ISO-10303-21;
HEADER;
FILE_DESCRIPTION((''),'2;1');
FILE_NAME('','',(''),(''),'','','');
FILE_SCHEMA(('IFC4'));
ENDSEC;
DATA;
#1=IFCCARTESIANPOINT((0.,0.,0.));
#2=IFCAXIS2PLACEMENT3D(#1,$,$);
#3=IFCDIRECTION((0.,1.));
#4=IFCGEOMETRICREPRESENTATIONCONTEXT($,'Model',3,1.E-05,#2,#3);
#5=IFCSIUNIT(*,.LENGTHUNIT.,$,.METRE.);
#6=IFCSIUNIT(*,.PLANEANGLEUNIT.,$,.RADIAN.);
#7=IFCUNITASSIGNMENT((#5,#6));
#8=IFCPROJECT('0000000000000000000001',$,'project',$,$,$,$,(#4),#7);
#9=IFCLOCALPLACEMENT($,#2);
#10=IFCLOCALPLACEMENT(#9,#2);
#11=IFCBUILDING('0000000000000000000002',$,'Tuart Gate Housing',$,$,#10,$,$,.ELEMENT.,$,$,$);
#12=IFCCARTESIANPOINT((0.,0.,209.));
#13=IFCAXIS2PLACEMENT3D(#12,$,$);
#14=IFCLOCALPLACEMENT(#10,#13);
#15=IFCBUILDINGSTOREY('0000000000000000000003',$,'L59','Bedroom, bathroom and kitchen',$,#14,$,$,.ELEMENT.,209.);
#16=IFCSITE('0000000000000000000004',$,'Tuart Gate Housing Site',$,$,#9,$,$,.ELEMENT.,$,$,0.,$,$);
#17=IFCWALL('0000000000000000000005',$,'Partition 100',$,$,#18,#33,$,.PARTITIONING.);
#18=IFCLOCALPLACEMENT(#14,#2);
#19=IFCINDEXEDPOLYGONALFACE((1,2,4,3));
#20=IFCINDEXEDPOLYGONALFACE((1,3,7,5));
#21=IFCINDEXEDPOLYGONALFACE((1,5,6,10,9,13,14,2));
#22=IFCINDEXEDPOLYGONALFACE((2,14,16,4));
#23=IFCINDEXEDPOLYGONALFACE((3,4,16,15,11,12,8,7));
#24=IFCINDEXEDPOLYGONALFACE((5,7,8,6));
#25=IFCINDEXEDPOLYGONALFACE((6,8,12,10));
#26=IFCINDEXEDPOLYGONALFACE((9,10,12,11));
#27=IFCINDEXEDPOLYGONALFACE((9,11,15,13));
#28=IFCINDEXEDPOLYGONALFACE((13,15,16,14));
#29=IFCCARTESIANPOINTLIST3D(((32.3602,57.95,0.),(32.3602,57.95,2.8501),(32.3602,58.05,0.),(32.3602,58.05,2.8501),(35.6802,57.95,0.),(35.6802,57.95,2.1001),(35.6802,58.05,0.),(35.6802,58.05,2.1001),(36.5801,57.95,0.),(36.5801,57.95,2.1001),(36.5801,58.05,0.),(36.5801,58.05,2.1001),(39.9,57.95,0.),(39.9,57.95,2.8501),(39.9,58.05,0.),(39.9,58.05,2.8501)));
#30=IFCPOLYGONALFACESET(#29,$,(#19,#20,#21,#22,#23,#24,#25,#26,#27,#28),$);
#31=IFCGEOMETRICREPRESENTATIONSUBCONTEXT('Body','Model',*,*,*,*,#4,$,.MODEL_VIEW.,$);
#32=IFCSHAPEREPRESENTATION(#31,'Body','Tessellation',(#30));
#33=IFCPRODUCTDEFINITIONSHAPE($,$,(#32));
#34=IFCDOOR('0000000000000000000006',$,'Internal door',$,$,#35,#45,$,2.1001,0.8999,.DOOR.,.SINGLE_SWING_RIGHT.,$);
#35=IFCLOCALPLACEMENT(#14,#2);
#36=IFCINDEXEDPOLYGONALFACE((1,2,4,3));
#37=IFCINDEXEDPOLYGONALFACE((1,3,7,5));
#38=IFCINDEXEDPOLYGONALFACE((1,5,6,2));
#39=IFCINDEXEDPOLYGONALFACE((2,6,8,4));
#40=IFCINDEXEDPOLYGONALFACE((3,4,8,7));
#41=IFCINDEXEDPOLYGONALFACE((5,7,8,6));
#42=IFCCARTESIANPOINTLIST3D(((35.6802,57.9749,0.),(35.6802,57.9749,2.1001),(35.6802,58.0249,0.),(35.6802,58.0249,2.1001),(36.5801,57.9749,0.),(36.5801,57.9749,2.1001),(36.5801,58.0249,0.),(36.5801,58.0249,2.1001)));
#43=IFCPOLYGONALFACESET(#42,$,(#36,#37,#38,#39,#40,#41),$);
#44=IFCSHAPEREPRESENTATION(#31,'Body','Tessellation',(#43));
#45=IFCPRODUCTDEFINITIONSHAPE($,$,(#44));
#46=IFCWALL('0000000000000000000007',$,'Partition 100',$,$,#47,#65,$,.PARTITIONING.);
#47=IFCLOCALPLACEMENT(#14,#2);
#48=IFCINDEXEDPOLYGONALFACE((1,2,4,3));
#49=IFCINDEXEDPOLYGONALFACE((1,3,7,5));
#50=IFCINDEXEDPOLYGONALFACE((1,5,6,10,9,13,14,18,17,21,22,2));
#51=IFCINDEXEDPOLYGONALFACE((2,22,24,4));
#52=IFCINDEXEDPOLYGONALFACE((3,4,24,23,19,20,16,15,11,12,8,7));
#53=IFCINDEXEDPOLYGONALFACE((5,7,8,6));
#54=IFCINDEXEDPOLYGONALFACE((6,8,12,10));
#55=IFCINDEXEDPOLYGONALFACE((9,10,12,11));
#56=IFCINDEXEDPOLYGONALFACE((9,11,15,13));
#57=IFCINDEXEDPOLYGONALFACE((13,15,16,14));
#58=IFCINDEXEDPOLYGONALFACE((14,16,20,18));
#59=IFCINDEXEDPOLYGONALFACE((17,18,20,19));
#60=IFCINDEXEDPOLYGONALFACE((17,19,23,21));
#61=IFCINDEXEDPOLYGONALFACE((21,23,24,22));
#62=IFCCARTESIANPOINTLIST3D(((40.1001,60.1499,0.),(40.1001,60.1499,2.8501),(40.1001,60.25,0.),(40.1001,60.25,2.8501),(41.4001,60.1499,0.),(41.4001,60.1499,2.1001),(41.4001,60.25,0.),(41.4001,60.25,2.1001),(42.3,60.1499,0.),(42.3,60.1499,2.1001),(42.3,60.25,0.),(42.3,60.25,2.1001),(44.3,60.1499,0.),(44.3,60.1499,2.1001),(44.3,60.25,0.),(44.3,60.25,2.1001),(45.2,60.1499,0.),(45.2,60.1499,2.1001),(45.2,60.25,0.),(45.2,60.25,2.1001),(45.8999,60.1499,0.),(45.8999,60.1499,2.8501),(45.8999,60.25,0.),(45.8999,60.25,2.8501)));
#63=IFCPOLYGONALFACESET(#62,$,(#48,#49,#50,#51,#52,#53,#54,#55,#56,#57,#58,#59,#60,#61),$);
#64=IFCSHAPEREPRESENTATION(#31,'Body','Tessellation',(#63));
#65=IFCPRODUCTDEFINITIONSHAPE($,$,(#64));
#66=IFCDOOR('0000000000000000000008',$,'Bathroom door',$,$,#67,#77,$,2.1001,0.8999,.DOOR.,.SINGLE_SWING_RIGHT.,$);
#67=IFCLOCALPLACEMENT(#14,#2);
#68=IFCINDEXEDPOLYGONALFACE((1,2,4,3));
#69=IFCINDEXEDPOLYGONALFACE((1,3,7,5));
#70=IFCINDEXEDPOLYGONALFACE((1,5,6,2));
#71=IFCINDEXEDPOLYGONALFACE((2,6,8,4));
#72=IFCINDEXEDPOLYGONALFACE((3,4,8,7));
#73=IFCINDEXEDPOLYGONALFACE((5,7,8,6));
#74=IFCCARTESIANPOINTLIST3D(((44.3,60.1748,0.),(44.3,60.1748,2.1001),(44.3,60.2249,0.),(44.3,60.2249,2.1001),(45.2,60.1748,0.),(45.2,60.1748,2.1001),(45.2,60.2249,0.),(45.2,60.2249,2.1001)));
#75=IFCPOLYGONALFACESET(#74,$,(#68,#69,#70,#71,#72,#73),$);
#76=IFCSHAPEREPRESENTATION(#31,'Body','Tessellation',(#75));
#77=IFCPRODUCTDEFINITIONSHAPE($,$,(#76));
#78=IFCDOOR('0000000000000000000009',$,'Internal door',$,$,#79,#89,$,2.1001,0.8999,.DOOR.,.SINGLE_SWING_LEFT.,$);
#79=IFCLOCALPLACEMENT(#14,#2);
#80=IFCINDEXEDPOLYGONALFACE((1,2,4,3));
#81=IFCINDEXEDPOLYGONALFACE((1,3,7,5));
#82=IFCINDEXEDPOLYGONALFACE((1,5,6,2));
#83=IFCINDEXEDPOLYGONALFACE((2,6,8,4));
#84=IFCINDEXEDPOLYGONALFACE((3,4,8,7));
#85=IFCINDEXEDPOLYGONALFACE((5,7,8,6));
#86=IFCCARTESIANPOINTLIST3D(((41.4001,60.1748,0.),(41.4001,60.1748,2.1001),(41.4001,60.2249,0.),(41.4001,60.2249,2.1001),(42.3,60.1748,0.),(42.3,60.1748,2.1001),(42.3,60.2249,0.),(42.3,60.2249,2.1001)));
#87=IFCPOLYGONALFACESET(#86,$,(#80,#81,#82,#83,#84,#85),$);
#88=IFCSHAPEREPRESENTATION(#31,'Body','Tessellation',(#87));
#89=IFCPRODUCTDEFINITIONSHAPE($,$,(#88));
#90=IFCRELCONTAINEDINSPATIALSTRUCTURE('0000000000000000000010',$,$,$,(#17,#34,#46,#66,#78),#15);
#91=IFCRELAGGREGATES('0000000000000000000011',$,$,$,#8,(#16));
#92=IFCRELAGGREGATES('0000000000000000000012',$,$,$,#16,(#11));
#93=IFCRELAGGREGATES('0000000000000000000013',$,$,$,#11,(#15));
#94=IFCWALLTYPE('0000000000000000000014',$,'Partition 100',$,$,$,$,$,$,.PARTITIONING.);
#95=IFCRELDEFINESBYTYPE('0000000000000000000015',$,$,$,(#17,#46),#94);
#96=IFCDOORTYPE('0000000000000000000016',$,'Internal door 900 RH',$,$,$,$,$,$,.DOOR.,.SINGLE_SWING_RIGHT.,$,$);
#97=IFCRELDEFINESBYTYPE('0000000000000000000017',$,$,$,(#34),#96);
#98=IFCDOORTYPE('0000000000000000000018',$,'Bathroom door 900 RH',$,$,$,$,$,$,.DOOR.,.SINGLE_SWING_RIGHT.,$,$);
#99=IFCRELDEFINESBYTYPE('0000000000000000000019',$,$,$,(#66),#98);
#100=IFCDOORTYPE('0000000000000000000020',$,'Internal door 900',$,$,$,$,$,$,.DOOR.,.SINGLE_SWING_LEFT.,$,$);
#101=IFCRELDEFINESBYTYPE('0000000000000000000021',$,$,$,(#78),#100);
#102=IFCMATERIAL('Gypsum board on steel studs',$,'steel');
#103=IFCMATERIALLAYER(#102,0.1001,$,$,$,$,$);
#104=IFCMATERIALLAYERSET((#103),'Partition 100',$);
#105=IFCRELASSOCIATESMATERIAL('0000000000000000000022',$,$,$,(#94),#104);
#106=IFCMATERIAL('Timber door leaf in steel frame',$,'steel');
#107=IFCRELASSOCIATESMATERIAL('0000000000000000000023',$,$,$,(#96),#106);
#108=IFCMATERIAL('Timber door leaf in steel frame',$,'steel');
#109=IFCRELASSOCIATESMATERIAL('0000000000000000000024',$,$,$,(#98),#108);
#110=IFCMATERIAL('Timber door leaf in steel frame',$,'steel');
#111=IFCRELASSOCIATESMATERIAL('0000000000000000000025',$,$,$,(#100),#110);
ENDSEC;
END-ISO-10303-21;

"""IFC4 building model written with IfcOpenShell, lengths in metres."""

from ifc_helpers import new_model, si_unit, direction, frame, frame_2d, origin, place, context, subcontext, project, spatial, rectangle, extrude, material, layer, layer_set, type_object, element, fill, save


model = new_model("IFC4")

# Units and contexts
model_context = context("Model", 3, precision=1e-05, world=origin(), true_north=direction((0.0, 1.0)))
body_context = subcontext(model_context, "Body", "Model", "MODEL_VIEW")
ifc_project = project(units=[si_unit("LENGTHUNIT", "METRE"), si_unit("PLANEANGLEUNIT", "RADIAN")], contexts=[model_context])

# Site, building, storey
site_placement = place(None, origin())
site = spatial("IfcSite", under=ifc_project, at=site_placement, Name="Tuart Gate Housing Site", CompositionType="ELEMENT", RefElevation=0.0)
building_placement = place(site_placement, origin())
building = spatial("IfcBuilding", under=site, at=building_placement, Name="Tuart Gate Housing", CompositionType="ELEMENT")
storey_placement = place(building_placement, frame((0.0, 0.0, 209.0)))
storey = spatial("IfcBuildingStorey", under=building, at=storey_placement, Name="L59", Description="Bedroom, bathroom and kitchen", CompositionType="ELEMENT", Elevation=209.0)

# Shared definitions
ifc_material_1 = material(Name="Gypsum board on steel studs", Category="steel")
ifc_layer_1 = layer(ifc_material_1, 0.1001)
ifc_layer_set_1 = layer_set([ifc_layer_1], Name="Partition 100")
wall_type_1 = type_object("IfcWallType", Name="Partition 100", PredefinedType="PARTITIONING", material=ifc_layer_set_1)

# Wall, opening, door
wall_1_placement = place(storey_placement, frame((32.3601, 58.0, 0.0), z_axis=(0.0, 0.0, 1.0), x_axis=(1.0, 0.0, 0.0)))
wall_1 = element("IfcWall", 1, at=wall_1_placement, inside=storey, type_object=wall_type_1, Name="Partition 100", PredefinedType="PARTITIONING", context=body_context, shape_type="SweptSolid", body=[
    extrude(rectangle(XDim=7.5398, YDim=0.1001, at=frame_2d((3.77, 0.0))), origin(), (0.0, 0.0, 1.0), 2.8501),
])
opening_1_placement = place(wall_1_placement, frame((3.3201, 0.0, 0.0)))
opening_1 = element("IfcOpeningElement", 2, at=opening_1_placement, cuts=wall_1, PredefinedType="OPENING", context=body_context, shape_type="SweptSolid", body=[
    extrude(rectangle(XDim=0.8999, YDim=2.1001, at=frame_2d((0.45, 1.05))), frame((0.0, 0.0601, 0.0), z_axis=(0.0, -1.0, 0.0), x_axis=(1.0, 0.0, 0.0)), (0.0, 0.0, 1.0), 0.1201),
])
ifc_material_2 = material(Name="Timber door leaf in steel frame", Category="steel")
door_type_1 = type_object("IfcDoorType", Name="Internal door 900 RH", OperationType="SINGLE_SWING_RIGHT", PredefinedType="DOOR", material=ifc_material_2)
door_1_placement = place(opening_1_placement, frame((0.8999, 0.0, 0.0), z_axis=(0.0, 0.0, 1.0), x_axis=(-1.0, 0.0, 0.0)))
door_1 = element("IfcDoor", 3, at=door_1_placement, inside=storey, type_object=door_type_1, Name="Internal door", OperationType="SINGLE_SWING_RIGHT", OverallHeight=2.1001, OverallWidth=0.8999, PredefinedType="DOOR", context=body_context, shape_type="SweptSolid", body=[
    extrude(rectangle(XDim=0.8999, YDim=2.1001, at=frame_2d((0.45, 1.05))), frame((0.0, 0.0251, 0.0), z_axis=(0.0, -1.0, 0.0), x_axis=(1.0, 0.0, 0.0)), (0.0, 0.0, 1.0), 0.05),
])
fill(opening_1, door_1)

# Wall, openings, doors
wall_2_placement = place(storey_placement, frame((40.1001, 60.2, 0.0), z_axis=(0.0, 0.0, 1.0), x_axis=(1.0, 0.0, 0.0)))
wall_2 = element("IfcWall", 4, at=wall_2_placement, inside=storey, type_object=wall_type_1, Name="Partition 100", PredefinedType="PARTITIONING", context=body_context, shape_type="SweptSolid", body=[
    extrude(rectangle(XDim=5.7998, YDim=0.1001, at=frame_2d((2.8999, 0.0))), origin(), (0.0, 0.0, 1.0), 2.8501),
])
opening_2_placement = place(wall_2_placement, frame((1.3, 0.0, 0.0)))
opening_2 = element("IfcOpeningElement", 5, at=opening_2_placement, cuts=wall_2, PredefinedType="OPENING", context=body_context, shape_type="SweptSolid", body=[
    extrude(rectangle(XDim=0.8999, YDim=2.1001, at=frame_2d((0.45, 1.05))), frame((0.0, 0.0601, 0.0), z_axis=(0.0, -1.0, 0.0), x_axis=(1.0, 0.0, 0.0)), (0.0, 0.0, 1.0), 0.1201),
])
opening_3_placement = place(wall_2_placement, frame((4.2, 0.0, 0.0)))
opening_3 = element("IfcOpeningElement", 6, at=opening_3_placement, cuts=wall_2, PredefinedType="OPENING", context=body_context, shape_type="SweptSolid", body=[
    extrude(rectangle(XDim=0.8999, YDim=2.1001, at=frame_2d((0.45, 1.05))), frame((0.0, 0.0601, 0.0), z_axis=(0.0, -1.0, 0.0), x_axis=(1.0, 0.0, 0.0)), (0.0, 0.0, 1.0), 0.1201),
])
ifc_material_3 = material(Name="Timber door leaf in steel frame", Category="steel")
door_type_2 = type_object("IfcDoorType", Name="Bathroom door 900 RH", OperationType="SINGLE_SWING_RIGHT", PredefinedType="DOOR", material=ifc_material_3)
door_2_placement = place(opening_3_placement, frame((0.8999, 0.0, 0.0), z_axis=(0.0, 0.0, 1.0), x_axis=(-1.0, 0.0, 0.0)))
door_2 = element("IfcDoor", 7, at=door_2_placement, inside=storey, type_object=door_type_2, Name="Bathroom door", OperationType="SINGLE_SWING_RIGHT", OverallHeight=2.1001, OverallWidth=0.8999, PredefinedType="DOOR", context=body_context, shape_type="SweptSolid", body=[
    extrude(rectangle(XDim=0.8999, YDim=2.1001, at=frame_2d((0.45, 1.05))), frame((0.0, 0.0251, 0.0), z_axis=(0.0, -1.0, 0.0), x_axis=(1.0, 0.0, 0.0)), (0.0, 0.0, 1.0), 0.05),
])
fill(opening_3, door_2)
ifc_material_4 = material(Name="Timber door leaf in steel frame", Category="steel")
door_type_3 = type_object("IfcDoorType", Name="Internal door 900", OperationType="SINGLE_SWING_LEFT", PredefinedType="DOOR", material=ifc_material_4)
door_3_placement = place(opening_2_placement, frame((0.8999, 0.0, 0.0), z_axis=(0.0, 0.0, 1.0), x_axis=(-1.0, 0.0, 0.0)))
door_3 = element("IfcDoor", 8, at=door_3_placement, inside=storey, type_object=door_type_3, Name="Internal door", OperationType="SINGLE_SWING_LEFT", OverallHeight=2.1001, OverallWidth=0.8999, PredefinedType="DOOR", context=body_context, shape_type="SweptSolid", body=[
    extrude(rectangle(XDim=0.8999, YDim=2.1001, at=frame_2d((0.45, 1.05))), frame((0.0, 0.0251, 0.0), z_axis=(0.0, -1.0, 0.0), x_axis=(1.0, 0.0, 0.0)), (0.0, 0.0, 1.0), 0.05),
])
fill(opening_2, door_3)

save(model, "model.ifc")
